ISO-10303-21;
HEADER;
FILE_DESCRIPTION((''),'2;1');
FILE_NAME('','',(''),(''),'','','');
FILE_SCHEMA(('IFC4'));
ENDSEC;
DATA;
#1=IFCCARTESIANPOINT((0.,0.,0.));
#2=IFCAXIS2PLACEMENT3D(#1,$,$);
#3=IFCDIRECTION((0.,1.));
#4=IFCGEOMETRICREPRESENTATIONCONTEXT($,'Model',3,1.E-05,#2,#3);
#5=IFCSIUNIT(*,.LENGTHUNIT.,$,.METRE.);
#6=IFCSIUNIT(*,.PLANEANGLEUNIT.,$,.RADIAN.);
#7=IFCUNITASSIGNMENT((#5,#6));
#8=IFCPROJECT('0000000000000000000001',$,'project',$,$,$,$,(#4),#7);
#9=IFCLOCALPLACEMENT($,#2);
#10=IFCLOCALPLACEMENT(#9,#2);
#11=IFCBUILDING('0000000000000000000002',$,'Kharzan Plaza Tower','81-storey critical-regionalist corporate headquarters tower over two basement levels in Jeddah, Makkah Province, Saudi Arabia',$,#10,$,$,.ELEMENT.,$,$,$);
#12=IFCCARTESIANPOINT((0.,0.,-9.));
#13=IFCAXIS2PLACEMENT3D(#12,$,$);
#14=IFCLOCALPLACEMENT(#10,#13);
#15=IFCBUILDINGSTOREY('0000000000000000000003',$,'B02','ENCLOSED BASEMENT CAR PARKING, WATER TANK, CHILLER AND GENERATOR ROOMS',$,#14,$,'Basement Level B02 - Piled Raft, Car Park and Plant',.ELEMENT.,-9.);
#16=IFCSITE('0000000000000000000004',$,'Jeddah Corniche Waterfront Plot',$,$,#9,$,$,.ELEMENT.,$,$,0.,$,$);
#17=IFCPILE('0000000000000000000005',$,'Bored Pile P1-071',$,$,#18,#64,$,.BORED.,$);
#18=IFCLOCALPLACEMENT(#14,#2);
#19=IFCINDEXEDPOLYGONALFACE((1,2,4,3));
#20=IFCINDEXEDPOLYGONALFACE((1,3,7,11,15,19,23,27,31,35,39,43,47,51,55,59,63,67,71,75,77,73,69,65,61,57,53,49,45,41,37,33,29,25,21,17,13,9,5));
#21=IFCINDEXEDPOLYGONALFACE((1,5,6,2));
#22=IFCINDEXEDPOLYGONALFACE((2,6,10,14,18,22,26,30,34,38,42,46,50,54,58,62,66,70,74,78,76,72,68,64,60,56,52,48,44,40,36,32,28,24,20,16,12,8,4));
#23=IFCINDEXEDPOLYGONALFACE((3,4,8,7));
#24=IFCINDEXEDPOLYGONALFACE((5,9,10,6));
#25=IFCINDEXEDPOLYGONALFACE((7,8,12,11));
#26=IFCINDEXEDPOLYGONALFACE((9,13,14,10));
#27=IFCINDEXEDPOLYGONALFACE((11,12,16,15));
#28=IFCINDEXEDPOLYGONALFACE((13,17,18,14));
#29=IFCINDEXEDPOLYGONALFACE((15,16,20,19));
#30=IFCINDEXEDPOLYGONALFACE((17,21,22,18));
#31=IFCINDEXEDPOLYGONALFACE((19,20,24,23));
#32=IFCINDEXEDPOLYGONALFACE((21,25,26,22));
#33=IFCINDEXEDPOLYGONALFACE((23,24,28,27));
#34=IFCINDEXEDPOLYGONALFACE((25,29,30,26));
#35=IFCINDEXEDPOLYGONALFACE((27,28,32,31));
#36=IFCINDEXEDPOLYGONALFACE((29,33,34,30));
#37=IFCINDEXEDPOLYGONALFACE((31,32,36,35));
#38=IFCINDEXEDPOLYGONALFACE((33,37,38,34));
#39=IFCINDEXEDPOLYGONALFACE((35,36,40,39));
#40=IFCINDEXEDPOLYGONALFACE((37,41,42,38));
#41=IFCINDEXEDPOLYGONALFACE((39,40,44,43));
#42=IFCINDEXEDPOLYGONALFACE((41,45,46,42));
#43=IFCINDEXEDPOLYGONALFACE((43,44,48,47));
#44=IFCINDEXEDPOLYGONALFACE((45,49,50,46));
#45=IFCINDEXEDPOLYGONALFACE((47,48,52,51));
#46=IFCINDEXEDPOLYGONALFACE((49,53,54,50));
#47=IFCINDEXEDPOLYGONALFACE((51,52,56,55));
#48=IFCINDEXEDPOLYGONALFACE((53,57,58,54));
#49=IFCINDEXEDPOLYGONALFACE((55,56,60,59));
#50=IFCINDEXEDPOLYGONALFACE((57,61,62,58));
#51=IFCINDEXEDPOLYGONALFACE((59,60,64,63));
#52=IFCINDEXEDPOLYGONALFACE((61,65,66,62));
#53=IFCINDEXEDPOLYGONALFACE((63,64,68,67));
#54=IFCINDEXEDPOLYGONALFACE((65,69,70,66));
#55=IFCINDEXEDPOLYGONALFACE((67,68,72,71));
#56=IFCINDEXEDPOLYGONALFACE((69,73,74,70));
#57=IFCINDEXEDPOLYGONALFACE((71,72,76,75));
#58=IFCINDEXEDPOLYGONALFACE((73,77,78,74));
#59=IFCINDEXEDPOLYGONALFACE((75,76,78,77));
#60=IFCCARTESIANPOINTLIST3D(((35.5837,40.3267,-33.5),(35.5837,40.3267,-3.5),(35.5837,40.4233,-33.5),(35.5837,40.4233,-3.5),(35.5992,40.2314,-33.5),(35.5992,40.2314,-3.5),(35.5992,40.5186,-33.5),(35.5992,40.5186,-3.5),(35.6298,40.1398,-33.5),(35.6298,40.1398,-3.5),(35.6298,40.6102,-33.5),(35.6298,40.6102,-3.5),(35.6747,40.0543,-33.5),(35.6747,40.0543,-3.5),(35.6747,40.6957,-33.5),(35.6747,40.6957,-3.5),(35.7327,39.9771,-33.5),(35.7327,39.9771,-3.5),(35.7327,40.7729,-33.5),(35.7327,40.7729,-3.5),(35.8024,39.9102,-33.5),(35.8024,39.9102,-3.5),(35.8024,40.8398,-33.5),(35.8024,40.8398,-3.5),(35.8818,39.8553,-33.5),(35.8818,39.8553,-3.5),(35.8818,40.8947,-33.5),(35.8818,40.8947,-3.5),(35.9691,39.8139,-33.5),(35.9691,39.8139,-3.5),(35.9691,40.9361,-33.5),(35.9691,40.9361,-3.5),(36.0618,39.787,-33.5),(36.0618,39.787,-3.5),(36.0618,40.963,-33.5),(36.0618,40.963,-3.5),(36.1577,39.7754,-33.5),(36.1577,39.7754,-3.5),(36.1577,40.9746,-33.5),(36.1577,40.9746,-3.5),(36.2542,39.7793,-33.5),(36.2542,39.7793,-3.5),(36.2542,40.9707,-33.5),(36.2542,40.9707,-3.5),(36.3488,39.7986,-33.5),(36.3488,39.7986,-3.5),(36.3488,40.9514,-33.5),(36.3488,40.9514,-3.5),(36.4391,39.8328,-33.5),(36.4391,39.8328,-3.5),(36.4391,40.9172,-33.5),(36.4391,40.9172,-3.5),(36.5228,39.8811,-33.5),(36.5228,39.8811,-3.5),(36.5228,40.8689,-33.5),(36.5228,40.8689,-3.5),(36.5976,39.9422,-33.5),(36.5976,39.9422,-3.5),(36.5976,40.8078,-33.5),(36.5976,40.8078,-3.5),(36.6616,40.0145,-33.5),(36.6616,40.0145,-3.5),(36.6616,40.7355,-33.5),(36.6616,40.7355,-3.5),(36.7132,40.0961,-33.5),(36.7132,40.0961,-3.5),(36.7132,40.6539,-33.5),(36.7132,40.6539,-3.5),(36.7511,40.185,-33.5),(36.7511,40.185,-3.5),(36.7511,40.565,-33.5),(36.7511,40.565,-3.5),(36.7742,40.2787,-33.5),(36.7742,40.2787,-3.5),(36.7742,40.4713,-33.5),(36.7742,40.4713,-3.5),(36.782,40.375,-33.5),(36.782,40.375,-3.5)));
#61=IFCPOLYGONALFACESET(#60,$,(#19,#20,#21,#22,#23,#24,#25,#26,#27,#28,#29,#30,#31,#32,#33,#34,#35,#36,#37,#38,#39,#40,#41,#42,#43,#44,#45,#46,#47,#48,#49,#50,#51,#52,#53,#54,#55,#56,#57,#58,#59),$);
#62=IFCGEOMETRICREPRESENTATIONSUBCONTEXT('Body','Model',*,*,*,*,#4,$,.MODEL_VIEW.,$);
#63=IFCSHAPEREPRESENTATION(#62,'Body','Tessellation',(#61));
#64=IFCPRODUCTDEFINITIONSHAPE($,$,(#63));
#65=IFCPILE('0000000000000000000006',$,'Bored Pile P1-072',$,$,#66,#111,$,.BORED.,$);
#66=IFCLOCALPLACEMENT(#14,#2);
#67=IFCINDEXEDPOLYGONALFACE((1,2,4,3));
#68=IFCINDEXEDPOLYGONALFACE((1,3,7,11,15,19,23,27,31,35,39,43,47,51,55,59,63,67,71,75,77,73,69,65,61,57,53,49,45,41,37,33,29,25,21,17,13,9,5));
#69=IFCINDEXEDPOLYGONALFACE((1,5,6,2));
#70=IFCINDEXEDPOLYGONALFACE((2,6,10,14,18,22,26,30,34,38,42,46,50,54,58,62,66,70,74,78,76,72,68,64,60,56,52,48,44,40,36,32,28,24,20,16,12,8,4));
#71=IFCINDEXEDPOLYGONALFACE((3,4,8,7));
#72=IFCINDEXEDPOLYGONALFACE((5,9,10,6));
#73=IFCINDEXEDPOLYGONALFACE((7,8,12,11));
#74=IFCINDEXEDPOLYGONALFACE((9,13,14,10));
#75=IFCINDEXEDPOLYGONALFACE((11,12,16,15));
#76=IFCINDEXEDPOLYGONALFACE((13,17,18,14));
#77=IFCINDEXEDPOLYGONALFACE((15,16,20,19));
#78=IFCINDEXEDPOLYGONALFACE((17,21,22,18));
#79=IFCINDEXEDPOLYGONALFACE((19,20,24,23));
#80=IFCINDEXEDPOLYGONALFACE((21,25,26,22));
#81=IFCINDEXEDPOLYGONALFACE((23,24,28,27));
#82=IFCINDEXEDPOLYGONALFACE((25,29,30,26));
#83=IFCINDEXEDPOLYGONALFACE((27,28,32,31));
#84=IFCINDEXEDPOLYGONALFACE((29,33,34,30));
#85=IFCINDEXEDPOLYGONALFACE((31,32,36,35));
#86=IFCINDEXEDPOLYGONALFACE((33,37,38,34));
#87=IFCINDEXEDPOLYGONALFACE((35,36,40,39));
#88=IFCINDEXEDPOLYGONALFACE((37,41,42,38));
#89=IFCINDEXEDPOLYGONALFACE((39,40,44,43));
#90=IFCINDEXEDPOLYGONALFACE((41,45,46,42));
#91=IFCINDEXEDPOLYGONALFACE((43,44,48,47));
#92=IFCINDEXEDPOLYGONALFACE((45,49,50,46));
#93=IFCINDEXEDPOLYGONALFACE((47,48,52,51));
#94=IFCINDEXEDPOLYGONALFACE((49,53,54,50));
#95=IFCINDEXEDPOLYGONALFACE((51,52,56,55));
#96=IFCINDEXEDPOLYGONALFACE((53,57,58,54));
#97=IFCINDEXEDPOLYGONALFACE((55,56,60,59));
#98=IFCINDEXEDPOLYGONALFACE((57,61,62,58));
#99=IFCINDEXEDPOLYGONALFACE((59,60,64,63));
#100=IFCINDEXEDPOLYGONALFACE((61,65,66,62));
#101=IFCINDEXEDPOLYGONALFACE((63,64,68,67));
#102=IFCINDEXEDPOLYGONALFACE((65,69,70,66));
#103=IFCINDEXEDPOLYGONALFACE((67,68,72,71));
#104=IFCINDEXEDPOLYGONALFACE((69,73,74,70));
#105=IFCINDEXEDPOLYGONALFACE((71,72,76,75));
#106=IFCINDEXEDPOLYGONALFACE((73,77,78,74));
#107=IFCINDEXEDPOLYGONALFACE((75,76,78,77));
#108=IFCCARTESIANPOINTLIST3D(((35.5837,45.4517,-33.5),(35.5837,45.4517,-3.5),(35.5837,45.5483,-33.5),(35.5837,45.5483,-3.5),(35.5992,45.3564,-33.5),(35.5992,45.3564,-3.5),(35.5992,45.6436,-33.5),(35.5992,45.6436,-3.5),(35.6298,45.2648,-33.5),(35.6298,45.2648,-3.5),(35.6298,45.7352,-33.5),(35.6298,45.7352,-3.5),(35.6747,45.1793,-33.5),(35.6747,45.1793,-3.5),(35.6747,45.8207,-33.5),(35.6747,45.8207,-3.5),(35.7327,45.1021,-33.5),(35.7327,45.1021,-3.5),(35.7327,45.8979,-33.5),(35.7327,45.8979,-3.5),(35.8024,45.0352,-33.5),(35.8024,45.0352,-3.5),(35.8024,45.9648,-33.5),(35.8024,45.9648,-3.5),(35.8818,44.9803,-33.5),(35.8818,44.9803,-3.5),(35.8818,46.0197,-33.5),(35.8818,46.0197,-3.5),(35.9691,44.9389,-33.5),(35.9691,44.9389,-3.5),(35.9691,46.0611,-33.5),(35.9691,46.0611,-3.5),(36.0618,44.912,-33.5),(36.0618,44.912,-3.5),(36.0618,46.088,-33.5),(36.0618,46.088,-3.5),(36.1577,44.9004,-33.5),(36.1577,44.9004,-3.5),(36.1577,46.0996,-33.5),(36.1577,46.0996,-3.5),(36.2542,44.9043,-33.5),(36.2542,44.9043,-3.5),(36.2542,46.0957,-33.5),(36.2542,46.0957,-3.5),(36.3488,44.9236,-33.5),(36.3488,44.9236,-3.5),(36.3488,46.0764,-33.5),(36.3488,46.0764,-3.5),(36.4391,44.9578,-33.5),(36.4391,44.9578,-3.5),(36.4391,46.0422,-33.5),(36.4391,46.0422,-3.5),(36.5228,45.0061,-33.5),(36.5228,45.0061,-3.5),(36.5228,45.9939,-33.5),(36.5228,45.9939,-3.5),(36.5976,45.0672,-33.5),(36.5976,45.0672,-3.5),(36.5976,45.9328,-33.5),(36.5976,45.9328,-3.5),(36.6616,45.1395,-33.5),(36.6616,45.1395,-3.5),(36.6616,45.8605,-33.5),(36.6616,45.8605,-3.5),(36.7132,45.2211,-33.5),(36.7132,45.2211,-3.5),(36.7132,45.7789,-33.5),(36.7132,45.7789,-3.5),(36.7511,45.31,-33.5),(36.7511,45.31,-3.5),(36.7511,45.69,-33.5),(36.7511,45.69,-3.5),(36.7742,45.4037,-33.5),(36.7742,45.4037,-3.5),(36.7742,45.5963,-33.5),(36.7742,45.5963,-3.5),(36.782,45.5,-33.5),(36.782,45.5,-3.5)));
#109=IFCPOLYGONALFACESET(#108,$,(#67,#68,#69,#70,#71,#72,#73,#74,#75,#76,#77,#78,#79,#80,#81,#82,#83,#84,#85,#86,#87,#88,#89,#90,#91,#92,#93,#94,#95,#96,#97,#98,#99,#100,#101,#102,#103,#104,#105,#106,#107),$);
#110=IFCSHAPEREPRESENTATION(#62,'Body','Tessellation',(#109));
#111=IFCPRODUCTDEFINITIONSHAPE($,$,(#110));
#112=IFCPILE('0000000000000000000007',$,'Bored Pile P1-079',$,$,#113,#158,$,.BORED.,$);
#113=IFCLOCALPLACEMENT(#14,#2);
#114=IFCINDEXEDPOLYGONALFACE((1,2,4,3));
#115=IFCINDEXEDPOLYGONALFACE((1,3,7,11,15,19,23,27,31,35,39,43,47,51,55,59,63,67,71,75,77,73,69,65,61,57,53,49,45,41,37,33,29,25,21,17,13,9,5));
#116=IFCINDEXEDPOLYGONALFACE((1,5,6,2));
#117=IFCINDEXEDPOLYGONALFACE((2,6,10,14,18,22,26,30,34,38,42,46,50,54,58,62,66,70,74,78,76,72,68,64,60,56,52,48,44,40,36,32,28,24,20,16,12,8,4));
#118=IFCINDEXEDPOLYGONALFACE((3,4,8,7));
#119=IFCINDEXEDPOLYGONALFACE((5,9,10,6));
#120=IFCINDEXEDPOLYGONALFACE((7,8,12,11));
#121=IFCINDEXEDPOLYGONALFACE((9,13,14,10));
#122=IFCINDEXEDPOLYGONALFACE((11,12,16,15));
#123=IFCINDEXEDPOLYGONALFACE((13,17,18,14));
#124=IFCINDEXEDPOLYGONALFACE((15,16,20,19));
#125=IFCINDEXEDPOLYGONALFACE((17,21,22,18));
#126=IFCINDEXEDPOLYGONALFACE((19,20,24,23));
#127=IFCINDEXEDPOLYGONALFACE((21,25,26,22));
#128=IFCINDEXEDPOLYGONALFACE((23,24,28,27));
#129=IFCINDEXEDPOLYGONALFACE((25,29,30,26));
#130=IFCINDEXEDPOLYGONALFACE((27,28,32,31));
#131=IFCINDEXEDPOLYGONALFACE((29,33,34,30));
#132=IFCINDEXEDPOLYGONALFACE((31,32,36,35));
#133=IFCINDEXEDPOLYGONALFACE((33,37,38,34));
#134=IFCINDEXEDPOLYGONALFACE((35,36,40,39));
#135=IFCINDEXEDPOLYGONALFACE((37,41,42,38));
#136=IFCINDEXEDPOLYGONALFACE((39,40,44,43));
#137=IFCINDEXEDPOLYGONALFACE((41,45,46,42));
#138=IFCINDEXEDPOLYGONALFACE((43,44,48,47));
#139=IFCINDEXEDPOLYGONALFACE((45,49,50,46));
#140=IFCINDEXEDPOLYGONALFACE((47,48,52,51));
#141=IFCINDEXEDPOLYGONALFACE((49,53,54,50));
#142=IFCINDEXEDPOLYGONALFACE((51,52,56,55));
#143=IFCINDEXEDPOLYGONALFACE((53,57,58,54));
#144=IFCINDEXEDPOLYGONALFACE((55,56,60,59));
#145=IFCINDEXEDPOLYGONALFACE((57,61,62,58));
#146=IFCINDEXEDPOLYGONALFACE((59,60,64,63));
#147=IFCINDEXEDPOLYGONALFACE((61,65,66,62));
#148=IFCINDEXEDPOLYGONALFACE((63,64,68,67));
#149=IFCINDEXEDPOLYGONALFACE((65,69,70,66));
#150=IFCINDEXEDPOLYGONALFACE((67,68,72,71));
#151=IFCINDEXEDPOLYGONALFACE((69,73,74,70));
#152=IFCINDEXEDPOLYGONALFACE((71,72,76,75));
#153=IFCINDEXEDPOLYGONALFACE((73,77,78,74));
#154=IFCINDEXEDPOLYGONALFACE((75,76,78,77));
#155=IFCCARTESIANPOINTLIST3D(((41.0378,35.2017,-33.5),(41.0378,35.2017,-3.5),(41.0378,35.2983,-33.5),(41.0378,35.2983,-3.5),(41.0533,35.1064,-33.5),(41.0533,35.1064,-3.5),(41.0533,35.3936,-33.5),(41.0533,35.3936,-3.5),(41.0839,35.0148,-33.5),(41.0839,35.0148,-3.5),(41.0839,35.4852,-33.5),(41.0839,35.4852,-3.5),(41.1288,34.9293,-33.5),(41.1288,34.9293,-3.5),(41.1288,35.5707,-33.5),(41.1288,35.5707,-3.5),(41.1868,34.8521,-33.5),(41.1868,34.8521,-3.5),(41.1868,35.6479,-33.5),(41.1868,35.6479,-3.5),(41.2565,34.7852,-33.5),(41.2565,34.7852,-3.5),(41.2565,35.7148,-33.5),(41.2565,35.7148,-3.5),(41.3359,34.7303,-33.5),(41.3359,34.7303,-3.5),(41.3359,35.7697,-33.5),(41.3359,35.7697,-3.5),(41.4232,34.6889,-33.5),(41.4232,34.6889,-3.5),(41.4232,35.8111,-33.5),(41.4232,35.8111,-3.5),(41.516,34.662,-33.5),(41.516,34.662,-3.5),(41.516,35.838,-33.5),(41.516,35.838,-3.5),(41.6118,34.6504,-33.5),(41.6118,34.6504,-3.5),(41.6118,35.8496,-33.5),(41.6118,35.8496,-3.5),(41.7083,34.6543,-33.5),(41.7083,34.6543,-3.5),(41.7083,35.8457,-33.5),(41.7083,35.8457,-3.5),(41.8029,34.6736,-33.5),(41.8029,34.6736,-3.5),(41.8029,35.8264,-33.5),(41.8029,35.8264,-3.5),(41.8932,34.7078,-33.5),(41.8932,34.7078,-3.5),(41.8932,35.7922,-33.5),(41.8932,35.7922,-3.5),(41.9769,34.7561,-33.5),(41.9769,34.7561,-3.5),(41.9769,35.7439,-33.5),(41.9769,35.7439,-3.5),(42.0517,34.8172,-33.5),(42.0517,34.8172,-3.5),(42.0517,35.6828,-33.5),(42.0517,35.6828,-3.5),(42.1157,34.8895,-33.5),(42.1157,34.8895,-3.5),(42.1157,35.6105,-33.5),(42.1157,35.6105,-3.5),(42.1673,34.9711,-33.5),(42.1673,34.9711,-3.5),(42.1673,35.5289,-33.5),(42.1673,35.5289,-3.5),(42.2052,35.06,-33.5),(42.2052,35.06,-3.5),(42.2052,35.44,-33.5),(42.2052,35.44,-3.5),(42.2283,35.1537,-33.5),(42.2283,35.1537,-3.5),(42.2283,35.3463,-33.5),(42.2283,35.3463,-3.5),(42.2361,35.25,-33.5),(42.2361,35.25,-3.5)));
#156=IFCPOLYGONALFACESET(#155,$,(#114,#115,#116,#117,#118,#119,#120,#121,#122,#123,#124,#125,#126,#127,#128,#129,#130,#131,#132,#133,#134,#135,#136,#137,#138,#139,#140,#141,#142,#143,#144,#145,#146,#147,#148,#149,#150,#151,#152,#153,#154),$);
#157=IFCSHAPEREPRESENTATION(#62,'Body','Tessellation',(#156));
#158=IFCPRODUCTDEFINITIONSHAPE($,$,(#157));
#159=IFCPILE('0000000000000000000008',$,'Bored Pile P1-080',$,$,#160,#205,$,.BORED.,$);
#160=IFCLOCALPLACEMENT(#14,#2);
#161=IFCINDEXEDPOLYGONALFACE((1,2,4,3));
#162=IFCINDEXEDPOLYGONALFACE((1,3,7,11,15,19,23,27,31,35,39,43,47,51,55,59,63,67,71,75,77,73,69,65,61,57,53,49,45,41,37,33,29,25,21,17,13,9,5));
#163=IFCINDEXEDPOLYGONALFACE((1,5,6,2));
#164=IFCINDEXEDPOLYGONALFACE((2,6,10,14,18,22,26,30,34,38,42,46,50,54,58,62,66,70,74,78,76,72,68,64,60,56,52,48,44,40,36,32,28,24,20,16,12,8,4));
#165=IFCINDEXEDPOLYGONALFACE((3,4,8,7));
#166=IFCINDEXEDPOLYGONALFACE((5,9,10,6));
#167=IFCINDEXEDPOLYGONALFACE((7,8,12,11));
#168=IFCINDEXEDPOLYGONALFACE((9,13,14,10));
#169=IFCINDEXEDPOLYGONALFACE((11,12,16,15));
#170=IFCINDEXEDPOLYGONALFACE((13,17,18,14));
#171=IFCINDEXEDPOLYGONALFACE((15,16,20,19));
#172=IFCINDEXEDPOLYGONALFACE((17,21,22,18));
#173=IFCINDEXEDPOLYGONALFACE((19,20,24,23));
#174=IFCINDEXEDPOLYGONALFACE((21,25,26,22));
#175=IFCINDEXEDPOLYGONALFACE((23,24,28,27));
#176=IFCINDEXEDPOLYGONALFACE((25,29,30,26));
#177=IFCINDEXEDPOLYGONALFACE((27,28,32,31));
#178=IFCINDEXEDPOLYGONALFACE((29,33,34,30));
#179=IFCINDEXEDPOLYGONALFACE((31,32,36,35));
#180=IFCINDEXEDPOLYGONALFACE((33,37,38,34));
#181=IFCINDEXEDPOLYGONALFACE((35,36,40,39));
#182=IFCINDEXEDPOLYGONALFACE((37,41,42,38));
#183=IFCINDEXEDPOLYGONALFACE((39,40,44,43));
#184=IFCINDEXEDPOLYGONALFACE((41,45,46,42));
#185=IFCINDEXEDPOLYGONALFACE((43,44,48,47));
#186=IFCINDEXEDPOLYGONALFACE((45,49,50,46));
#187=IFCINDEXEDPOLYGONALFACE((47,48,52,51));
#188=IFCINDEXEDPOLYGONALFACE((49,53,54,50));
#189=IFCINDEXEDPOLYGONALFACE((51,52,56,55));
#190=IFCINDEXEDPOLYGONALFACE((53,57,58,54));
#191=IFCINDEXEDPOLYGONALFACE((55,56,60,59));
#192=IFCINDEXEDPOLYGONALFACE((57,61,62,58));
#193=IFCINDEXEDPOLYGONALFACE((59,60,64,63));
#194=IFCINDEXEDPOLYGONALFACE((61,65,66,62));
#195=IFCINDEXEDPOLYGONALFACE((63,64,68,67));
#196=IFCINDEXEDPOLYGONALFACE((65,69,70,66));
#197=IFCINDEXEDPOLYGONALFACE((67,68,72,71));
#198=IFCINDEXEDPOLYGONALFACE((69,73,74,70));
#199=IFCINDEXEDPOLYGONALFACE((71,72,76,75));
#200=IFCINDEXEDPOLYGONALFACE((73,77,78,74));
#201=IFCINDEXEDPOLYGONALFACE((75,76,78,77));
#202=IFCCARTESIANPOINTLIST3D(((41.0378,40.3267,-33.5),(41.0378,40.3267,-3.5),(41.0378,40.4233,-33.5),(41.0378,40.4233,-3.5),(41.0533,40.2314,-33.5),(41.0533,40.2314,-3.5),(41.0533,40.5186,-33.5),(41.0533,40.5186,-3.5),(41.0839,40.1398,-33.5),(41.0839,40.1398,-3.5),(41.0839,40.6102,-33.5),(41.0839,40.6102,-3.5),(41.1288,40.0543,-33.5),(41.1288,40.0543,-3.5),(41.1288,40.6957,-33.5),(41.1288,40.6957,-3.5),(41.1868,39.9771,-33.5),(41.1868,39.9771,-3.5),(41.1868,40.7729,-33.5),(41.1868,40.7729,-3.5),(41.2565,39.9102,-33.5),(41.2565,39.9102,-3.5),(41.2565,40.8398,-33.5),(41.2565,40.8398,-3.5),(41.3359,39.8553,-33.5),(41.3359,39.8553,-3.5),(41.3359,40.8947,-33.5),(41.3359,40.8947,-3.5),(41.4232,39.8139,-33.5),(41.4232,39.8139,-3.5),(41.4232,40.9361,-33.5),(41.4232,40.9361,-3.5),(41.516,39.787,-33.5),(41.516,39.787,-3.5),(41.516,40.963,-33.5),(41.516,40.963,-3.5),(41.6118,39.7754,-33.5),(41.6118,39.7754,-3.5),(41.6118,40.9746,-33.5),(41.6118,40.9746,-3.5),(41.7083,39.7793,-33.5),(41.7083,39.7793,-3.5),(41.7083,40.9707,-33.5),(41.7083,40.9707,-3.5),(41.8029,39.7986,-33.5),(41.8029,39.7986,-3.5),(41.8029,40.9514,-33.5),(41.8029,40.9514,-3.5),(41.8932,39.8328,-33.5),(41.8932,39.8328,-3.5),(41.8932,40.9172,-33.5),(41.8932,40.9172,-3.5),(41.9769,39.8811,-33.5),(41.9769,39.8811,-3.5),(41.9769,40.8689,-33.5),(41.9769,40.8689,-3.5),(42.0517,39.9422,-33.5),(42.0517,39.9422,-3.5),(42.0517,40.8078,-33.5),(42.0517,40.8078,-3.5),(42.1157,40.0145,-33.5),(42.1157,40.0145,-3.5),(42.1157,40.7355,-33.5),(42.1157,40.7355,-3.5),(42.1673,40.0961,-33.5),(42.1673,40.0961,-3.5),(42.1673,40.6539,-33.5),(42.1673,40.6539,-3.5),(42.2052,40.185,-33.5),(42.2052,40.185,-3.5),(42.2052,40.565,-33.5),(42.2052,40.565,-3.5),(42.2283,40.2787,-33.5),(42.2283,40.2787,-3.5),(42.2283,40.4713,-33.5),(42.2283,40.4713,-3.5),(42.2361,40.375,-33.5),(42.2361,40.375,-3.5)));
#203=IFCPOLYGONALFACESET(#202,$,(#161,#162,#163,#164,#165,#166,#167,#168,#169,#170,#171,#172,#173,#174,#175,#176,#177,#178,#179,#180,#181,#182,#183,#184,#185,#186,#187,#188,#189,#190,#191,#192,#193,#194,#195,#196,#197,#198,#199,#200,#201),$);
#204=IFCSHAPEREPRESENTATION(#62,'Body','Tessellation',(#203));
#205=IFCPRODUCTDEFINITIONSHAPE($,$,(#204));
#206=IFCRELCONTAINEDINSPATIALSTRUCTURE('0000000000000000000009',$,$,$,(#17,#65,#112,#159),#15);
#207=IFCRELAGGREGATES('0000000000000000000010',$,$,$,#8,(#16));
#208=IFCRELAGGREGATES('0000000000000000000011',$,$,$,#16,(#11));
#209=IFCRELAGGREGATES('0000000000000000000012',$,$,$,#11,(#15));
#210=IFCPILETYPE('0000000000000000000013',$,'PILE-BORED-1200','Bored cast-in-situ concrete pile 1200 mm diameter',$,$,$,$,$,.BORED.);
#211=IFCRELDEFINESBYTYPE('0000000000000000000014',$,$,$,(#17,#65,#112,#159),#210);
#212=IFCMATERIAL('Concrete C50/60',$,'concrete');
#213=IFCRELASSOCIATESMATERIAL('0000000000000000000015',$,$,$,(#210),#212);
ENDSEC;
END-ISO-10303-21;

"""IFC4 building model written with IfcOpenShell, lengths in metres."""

from ifc_helpers import new_model, si_unit, direction, frame, origin, origin_2d, place, context, subcontext, project, spatial, circle, extrude, source, transform, mapped, material, material_profile, profile_set, type_object, element, save


model = new_model("IFC4")

# Units and contexts
model_context = context("Model", 3, precision=1e-05, world=origin(), true_north=direction((0.0, 1.0)))
body_context = subcontext(model_context, "Body", "Model", "MODEL_VIEW")
ifc_project = project(units=[si_unit("LENGTHUNIT", "METRE"), si_unit("PLANEANGLEUNIT", "RADIAN")], contexts=[model_context])

# Site, building, storey
site_placement = place(None, origin())
site = spatial("IfcSite", under=ifc_project, at=site_placement, Name="Jeddah Corniche Waterfront Plot", CompositionType="ELEMENT", RefElevation=0.0)
building_placement = place(site_placement, origin())
building = spatial("IfcBuilding", under=site, at=building_placement, Name="Kharzan Plaza Tower", Description="81-storey critical-regionalist corporate headquarters tower over two basement levels in Jeddah, Makkah Province, Saudi Arabia", CompositionType="ELEMENT")
storey_placement = place(building_placement, frame((0.0, 0.0, -9.0)))
storey = spatial("IfcBuildingStorey", under=building, at=storey_placement, Name="B02", Description="ENCLOSED BASEMENT CAR PARKING, WATER TANK, CHILLER AND GENERATOR ROOMS", LongName="Basement Level B02 - Piled Raft, Car Park and Plant", CompositionType="ELEMENT", Elevation=-9.0)

# Piles
ifc_material_1 = material(Name="Concrete C50/60", Category="concrete")
ifc_material_profile_1 = material_profile(ifc_material_1, circle(Radius=0.6001, at=origin_2d()), Name="PILE-D1200")
ifc_profile_set_1 = profile_set([ifc_material_profile_1], Name="Concrete C50/60")
pile_type = type_object("IfcPileType", Name="PILE-BORED-1200", Description="Bored cast-in-situ concrete pile 1200 mm diameter", PredefinedType="BORED", material=ifc_profile_set_1)
shared_shape_1 = source(origin(), body_context, "Body", "SweptSolid", [
    extrude(circle(Radius=0.6001, at=origin_2d()), origin(), (0.0, 0.0, 1.0), 30.0),
])
for number, where, z_axis, x_axis, name in (
    (1, (36.1819, 40.375, -3.5), (0.0, 0.0, -1.0), (1.0, 0.0, 0.0), "Bored Pile P1-071"),
    (2, (36.1819, 45.5, -3.5), (0.0, 0.0, -1.0), (1.0, 0.0, 0.0), "Bored Pile P1-072"),
    (3, (41.636, 35.25, -3.5), (0.0, 0.0, -1.0), (1.0, 0.0, 0.0), "Bored Pile P1-079"),
    (4, (41.636, 40.375, -3.5), (0.0, 0.0, -1.0), (1.0, 0.0, 0.0), "Bored Pile P1-080"),
):
    element("IfcPile", number, at=place(storey_placement, frame(where, z_axis=z_axis, x_axis=x_axis)), inside=storey, type_object=pile_type, Name=name, PredefinedType="BORED", context=body_context, shape_type="MappedRepresentation", body=[
        mapped(shared_shape_1, transform((0.0, 0.0, 0.0), x_axis=(1.0, 0.0, 0.0), y_axis=(0.0, 1.0, 0.0), z_axis=(0.0, 0.0, 1.0))),
    ])

save(model, "model.ifc")
